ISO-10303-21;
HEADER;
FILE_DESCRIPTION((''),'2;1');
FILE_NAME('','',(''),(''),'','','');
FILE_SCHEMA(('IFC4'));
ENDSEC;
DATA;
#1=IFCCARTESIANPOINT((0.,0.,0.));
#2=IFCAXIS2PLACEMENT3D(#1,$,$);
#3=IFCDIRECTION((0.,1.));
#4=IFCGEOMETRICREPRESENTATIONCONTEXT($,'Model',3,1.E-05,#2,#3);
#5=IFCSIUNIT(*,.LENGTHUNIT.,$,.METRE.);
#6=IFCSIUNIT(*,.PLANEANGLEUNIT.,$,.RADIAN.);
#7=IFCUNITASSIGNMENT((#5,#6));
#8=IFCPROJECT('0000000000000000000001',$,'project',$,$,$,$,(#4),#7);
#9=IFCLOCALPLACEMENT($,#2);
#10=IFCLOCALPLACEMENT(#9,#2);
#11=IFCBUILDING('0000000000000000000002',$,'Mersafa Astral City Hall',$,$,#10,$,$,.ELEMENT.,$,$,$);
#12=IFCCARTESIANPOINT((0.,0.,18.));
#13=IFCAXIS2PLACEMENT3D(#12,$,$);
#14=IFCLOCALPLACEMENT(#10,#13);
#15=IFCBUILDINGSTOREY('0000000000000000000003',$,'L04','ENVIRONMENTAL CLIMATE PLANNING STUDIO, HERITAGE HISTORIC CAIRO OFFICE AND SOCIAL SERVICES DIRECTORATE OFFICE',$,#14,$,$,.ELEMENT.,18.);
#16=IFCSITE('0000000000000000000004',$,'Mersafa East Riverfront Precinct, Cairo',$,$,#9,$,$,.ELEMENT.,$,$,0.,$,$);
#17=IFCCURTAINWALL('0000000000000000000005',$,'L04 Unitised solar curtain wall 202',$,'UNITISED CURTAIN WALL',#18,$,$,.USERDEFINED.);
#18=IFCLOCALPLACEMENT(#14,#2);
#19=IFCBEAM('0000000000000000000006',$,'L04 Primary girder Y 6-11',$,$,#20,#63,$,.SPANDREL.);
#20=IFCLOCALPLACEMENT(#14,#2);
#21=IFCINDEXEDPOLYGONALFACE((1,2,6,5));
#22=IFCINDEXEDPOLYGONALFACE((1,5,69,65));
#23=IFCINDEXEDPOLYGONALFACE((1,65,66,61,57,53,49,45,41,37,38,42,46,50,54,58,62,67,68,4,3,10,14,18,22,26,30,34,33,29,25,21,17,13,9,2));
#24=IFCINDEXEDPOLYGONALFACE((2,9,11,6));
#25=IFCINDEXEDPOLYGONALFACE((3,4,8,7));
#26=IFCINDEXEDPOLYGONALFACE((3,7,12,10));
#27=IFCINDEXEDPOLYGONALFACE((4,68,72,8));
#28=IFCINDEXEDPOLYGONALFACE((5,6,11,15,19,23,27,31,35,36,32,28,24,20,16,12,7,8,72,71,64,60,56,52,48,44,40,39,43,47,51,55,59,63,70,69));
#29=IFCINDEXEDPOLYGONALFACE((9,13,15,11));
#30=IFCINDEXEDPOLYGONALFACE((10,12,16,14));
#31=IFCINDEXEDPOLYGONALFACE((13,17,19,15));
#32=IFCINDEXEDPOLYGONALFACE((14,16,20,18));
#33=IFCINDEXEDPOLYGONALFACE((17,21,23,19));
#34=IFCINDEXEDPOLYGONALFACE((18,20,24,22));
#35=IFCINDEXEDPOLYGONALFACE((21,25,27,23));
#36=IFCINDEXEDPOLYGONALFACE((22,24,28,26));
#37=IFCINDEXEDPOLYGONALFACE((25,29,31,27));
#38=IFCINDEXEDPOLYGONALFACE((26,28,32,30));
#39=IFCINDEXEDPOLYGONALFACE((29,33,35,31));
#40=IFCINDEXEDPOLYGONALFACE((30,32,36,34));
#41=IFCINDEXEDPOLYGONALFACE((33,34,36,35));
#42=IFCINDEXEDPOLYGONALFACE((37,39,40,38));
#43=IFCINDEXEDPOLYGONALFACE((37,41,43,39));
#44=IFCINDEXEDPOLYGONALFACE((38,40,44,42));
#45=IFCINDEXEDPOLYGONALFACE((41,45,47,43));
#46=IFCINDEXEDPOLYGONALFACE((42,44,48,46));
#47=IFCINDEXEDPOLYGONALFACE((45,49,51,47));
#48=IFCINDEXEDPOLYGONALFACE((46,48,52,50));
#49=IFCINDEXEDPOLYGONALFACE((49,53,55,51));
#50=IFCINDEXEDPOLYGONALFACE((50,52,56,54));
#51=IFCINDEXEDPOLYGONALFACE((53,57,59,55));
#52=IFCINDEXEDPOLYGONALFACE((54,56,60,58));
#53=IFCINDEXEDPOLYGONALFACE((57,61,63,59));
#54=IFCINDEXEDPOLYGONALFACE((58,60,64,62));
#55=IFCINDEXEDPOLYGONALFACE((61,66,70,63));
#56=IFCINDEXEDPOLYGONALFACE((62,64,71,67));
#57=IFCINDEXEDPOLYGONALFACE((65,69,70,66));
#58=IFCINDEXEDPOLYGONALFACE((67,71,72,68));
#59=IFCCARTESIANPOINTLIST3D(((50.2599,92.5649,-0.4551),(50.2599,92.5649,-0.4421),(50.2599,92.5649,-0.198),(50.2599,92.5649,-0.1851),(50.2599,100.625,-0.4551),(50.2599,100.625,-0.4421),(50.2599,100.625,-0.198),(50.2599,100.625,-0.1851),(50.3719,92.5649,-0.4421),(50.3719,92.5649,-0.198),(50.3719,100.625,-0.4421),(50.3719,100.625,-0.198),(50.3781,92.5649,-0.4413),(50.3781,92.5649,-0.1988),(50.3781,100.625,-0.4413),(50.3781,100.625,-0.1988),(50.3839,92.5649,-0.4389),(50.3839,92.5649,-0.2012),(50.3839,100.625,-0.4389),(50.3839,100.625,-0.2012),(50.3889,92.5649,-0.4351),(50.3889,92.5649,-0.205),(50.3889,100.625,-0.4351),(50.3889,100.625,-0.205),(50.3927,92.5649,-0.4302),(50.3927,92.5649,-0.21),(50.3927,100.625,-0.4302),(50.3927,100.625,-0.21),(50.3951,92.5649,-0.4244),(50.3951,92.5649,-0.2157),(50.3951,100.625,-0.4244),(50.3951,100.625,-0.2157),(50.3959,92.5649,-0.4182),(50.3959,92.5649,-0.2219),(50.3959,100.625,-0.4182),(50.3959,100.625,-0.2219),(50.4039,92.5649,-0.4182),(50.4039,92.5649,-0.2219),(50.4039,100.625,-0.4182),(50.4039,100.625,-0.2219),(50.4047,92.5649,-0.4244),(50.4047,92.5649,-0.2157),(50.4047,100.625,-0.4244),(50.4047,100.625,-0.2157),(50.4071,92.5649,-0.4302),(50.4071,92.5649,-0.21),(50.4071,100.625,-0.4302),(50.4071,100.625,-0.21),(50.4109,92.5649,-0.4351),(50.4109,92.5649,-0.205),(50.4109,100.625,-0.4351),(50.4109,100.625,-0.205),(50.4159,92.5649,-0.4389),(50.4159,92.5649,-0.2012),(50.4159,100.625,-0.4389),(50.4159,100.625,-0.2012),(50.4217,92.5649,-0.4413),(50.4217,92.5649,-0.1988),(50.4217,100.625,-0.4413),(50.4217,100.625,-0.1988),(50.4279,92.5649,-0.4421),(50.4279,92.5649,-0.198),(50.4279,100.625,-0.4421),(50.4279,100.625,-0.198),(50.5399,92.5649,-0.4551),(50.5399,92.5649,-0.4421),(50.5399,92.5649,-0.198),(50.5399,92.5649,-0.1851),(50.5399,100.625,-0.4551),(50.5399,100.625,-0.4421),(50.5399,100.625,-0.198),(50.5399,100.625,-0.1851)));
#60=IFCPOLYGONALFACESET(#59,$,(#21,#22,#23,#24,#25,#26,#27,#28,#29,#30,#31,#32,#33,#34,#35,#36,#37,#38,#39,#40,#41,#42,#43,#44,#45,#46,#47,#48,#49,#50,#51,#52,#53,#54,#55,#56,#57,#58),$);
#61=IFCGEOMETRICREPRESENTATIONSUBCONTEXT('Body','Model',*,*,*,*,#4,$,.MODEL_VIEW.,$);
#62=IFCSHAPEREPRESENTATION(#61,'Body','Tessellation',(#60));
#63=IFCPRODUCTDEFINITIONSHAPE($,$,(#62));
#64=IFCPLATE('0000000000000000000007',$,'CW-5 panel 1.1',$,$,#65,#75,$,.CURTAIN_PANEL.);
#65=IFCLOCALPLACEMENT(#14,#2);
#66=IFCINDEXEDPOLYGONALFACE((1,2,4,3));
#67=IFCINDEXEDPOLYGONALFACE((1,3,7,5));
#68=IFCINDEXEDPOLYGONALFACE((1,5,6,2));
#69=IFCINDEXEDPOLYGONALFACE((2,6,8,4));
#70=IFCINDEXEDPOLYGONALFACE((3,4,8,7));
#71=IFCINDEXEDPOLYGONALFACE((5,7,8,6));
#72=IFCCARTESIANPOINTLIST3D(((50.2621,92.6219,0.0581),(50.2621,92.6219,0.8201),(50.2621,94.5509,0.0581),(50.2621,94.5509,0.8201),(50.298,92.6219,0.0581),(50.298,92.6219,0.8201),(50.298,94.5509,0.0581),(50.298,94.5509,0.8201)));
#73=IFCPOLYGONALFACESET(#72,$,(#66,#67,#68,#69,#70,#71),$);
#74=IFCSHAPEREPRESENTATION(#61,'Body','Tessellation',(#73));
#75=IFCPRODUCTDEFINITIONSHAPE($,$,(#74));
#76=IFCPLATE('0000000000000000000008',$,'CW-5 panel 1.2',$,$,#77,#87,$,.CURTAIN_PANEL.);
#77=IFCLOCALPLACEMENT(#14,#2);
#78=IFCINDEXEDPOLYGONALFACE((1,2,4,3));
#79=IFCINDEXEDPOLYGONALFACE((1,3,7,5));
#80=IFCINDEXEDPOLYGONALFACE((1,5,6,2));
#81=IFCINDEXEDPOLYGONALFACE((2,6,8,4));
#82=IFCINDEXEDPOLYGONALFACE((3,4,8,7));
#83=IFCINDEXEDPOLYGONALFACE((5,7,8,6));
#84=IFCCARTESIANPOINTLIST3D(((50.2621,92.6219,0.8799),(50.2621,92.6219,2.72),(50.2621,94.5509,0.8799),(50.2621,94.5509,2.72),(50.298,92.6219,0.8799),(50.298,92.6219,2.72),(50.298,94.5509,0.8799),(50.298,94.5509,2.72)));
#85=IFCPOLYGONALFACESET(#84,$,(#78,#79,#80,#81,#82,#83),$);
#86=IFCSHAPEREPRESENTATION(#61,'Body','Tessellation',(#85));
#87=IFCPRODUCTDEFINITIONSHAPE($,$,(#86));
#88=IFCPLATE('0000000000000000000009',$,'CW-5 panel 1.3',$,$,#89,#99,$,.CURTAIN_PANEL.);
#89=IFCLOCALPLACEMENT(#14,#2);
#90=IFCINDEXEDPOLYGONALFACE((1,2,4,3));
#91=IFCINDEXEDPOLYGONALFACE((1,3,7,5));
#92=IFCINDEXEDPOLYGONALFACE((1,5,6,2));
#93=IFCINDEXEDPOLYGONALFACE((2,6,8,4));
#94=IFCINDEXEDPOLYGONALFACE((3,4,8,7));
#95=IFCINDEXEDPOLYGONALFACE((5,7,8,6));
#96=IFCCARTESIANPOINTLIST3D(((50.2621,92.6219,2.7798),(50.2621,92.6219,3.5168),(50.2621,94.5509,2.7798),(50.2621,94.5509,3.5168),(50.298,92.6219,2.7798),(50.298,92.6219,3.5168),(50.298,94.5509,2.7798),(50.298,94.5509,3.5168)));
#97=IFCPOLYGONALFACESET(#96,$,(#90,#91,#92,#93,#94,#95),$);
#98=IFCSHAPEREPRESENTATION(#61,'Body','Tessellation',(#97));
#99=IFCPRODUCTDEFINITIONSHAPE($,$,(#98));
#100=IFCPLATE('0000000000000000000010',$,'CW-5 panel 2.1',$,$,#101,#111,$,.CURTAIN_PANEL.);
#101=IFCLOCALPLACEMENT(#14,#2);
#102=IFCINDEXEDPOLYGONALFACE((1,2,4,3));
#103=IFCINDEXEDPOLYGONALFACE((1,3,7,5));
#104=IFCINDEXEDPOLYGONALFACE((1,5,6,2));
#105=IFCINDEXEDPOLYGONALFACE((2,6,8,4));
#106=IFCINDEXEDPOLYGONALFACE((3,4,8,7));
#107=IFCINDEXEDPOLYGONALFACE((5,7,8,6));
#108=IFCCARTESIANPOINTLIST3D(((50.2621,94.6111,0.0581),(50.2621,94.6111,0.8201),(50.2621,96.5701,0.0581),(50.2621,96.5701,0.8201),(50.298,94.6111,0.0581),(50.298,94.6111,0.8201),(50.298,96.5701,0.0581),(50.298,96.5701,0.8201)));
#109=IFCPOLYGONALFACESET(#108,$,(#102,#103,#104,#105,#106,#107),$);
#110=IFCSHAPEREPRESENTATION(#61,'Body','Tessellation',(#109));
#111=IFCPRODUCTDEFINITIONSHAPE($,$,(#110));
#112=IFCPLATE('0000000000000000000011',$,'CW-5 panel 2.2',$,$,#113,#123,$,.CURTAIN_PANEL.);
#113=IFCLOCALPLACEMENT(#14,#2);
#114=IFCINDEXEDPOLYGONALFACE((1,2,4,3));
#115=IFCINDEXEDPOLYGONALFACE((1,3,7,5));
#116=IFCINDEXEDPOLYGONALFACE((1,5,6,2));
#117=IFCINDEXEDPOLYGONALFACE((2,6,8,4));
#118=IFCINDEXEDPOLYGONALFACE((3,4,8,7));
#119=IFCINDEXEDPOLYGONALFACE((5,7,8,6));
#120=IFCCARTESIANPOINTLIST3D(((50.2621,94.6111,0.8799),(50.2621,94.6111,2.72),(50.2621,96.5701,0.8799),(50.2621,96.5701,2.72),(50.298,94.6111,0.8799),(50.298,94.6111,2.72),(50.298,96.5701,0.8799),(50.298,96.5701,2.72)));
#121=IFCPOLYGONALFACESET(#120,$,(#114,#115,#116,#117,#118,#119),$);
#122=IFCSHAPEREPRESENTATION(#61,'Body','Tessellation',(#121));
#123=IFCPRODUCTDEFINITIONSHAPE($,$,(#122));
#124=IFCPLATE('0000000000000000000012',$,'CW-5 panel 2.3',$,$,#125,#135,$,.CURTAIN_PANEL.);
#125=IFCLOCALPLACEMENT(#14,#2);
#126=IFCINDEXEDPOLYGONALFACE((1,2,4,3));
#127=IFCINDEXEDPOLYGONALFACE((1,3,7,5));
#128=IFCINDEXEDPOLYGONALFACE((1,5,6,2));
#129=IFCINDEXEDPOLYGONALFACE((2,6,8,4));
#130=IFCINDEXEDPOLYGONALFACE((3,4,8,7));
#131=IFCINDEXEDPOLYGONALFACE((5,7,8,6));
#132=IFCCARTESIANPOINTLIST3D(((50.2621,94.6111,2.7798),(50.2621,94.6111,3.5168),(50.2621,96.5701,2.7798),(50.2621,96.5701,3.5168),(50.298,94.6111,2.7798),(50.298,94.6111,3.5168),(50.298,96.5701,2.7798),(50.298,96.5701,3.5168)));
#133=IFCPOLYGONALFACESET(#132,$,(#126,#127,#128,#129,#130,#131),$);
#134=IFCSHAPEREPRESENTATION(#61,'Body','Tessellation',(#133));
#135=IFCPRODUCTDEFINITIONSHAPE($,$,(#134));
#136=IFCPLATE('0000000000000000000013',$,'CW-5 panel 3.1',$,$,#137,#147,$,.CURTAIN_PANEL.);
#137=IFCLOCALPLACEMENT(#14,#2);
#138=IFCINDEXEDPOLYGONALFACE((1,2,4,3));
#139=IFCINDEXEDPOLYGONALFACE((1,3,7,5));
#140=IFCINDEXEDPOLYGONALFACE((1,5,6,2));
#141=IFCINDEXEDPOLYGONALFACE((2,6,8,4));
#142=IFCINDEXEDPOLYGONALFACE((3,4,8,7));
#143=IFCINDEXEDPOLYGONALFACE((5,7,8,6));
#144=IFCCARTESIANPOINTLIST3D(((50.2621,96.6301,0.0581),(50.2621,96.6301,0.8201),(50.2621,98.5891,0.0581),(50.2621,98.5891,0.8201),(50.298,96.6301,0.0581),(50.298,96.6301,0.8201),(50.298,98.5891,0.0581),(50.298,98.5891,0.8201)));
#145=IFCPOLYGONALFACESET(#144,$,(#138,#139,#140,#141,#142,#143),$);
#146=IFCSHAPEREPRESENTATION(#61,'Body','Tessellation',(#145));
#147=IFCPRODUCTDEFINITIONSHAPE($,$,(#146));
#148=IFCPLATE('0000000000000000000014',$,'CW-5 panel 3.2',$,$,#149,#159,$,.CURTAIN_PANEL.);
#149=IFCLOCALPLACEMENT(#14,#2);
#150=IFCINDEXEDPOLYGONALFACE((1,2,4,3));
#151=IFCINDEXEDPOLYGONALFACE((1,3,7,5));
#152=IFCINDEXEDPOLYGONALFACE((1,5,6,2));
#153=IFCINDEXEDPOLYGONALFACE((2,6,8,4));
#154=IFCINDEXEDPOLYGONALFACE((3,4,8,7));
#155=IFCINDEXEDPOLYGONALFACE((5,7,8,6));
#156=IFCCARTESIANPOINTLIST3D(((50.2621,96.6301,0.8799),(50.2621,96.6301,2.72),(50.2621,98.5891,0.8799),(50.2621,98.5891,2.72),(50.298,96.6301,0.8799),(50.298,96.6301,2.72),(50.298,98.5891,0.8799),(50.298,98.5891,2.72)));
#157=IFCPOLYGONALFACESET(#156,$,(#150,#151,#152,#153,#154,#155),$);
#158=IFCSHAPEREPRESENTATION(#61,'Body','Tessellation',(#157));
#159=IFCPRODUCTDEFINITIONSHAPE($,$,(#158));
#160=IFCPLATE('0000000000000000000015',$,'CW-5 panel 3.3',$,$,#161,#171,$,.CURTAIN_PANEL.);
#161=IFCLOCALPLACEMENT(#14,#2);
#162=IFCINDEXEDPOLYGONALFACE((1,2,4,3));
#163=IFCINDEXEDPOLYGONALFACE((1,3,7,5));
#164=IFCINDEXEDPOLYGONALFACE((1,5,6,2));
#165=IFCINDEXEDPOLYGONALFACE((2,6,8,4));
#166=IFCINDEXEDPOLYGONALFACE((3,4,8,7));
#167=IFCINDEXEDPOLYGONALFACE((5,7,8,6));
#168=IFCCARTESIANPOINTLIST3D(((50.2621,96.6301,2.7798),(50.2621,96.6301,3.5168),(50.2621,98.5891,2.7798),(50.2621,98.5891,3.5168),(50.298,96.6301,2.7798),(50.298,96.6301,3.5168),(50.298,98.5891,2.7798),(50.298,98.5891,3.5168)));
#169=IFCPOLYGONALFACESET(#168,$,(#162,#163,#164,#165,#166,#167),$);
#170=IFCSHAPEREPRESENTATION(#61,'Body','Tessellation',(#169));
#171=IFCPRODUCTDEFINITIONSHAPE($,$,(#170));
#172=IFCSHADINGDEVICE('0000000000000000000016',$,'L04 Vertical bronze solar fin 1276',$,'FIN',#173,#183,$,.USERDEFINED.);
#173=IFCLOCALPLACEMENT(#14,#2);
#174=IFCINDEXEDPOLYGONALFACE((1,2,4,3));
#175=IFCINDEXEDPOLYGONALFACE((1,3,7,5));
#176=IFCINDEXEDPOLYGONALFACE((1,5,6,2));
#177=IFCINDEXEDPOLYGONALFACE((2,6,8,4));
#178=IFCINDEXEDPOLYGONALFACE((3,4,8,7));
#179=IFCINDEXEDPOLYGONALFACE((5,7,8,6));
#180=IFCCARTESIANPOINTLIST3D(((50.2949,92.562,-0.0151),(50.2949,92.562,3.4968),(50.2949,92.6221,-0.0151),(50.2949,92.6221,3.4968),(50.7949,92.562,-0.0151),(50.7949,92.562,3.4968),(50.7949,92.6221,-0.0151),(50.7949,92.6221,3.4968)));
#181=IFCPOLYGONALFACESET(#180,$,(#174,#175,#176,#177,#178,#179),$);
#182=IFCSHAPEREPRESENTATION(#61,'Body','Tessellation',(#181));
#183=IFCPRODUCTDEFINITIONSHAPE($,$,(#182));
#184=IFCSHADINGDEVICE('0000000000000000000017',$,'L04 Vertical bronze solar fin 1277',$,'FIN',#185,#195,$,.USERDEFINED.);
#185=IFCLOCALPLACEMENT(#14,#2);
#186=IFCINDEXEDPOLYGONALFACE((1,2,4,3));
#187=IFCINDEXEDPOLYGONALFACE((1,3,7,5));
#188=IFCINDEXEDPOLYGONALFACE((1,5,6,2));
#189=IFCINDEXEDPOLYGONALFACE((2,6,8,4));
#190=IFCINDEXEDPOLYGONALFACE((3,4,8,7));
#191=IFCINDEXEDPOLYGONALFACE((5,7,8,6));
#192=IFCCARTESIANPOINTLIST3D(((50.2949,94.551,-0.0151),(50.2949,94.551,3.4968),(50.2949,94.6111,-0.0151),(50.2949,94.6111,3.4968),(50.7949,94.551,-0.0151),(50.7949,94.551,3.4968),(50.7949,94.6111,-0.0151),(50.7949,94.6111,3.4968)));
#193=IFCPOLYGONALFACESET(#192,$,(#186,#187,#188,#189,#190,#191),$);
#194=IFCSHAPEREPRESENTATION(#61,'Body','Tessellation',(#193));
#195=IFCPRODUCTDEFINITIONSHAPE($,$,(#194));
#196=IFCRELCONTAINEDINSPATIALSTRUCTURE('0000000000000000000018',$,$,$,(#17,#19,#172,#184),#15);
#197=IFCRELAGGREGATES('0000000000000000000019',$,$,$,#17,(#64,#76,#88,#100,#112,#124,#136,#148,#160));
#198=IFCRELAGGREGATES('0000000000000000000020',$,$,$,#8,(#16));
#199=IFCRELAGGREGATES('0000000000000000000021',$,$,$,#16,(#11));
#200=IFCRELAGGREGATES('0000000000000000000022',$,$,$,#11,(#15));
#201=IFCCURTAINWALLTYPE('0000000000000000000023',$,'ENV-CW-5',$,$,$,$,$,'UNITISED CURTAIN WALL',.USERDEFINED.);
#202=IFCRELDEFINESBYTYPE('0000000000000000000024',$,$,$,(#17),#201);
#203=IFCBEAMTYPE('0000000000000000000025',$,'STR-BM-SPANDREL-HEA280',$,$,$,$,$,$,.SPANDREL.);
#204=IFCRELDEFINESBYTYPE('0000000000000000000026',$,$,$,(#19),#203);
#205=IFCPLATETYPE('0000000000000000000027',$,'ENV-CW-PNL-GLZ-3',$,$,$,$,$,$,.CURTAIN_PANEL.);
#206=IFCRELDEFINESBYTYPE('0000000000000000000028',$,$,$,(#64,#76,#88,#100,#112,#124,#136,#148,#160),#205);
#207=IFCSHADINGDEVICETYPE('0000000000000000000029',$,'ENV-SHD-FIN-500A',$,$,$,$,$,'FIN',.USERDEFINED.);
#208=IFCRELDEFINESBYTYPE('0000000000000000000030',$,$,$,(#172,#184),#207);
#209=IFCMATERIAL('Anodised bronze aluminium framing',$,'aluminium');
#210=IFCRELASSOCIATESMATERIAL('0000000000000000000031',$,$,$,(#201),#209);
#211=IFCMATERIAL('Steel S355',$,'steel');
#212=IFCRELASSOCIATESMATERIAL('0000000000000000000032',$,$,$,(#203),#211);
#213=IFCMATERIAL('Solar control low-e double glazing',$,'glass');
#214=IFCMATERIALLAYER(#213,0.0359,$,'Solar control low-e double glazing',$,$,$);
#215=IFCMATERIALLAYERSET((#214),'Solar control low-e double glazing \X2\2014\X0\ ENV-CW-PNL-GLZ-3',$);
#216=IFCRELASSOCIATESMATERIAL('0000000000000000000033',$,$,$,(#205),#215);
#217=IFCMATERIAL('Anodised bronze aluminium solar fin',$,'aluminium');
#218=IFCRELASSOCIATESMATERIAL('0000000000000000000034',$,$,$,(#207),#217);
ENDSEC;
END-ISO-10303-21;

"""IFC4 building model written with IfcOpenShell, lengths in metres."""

from ifc_helpers import new_model, si_unit, direction, frame, origin, origin_2d, place, context, subcontext, project, spatial, rectangle, i_section, extrude, material, layer, layer_set, material_profile, profile_set, type_object, element, aggregate, save


model = new_model("IFC4")

# Units and contexts
model_context = context("Model", 3, precision=1e-05, world=origin(), true_north=direction((0.0, 1.0)))
body_context = subcontext(model_context, "Body", "Model", "MODEL_VIEW")
ifc_project = project(units=[si_unit("LENGTHUNIT", "METRE"), si_unit("PLANEANGLEUNIT", "RADIAN")], contexts=[model_context])

# Site, building, storey
site_placement = place(None, origin())
site = spatial("IfcSite", under=ifc_project, at=site_placement, Name="Mersafa East Riverfront Precinct, Cairo", CompositionType="ELEMENT", RefElevation=0.0)
building_placement = place(site_placement, origin())
building = spatial("IfcBuilding", under=site, at=building_placement, Name="Mersafa Astral City Hall", CompositionType="ELEMENT")
storey_placement = place(building_placement, frame((0.0, 0.0, 18.0)))
storey = spatial("IfcBuildingStorey", under=building, at=storey_placement, Name="L04", Description="ENVIRONMENTAL CLIMATE PLANNING STUDIO, HERITAGE HISTORIC CAIRO OFFICE AND SOCIAL SERVICES DIRECTORATE OFFICE", CompositionType="ELEMENT", Elevation=18.0)

# Shared definitions
ifc_material_1 = material(Name="Steel S355", Category="steel")

# Curtain wall
ifc_material_2 = material(Name="Anodised bronze aluminium framing", Category="aluminium")
curtain_wall_type = type_object("IfcCurtainWallType", Name="ENV-CW-5", ElementType="UNITISED CURTAIN WALL", PredefinedType="USERDEFINED", material=ifc_material_2)
curtain_wall_placement = place(storey_placement, origin())
curtain_wall = element("IfcCurtainWall", 1, at=curtain_wall_placement, inside=storey, type_object=curtain_wall_type, Name="L04 Unitised solar curtain wall 202", ObjectType="UNITISED CURTAIN WALL", PredefinedType="USERDEFINED")

# Beam
ifc_material_profile_1 = material_profile(ifc_material_1, i_section(OverallWidth=0.28, OverallDepth=0.27, WebThickness=0.0081, FlangeThickness=0.0129, FilletRadius=0.0239, at=origin_2d()), Name="HEA 280")
ifc_profile_set_1 = profile_set([ifc_material_profile_1], Name="Steel S355")
beam_type = type_object("IfcBeamType", Name="STR-BM-SPANDREL-HEA280", PredefinedType="SPANDREL", material=ifc_profile_set_1)
beam_placement = place(storey_placement, frame((50.3999, 92.5649, -0.3201), z_axis=(0.0, 1.0, 0.0), x_axis=(-1.0, 0.0, 0.0)))
element("IfcBeam", 2, at=beam_placement, inside=storey, type_object=beam_type, Name="L04 Primary girder Y 6-11", PredefinedType="SPANDREL", context=body_context, shape_type="SweptSolid", body=[
    extrude(i_section(OverallWidth=0.28, OverallDepth=0.27, WebThickness=0.0081, FlangeThickness=0.0129, FilletRadius=0.0239, at=origin_2d()), origin(), (0.0, 0.0, 1.0), 8.0601),
])

# Plates
ifc_material_3 = material(Name="Solar control low-e double glazing", Category="glass")
ifc_layer = layer(ifc_material_3, 0.0359, Name="Solar control low-e double glazing")
ifc_layer_set = layer_set([ifc_layer], Name="Solar control low-e double glazing — ENV-CW-PNL-GLZ-3")
plate_type = type_object("IfcPlateType", Name="ENV-CW-PNL-GLZ-3", PredefinedType="CURTAIN_PANEL", material=ifc_layer_set)
plate_1_placement = place(storey_placement, frame((50.28, 93.5864, 0.0581), z_axis=(0.0, 0.0, 1.0), x_axis=(0.0, 1.0, 0.0)))
plate_1 = element("IfcPlate", 3, at=plate_1_placement, type_object=plate_type, Name="CW-5 panel 1.1", PredefinedType="CURTAIN_PANEL", context=body_context, shape_type="SweptSolid", body=[
    extrude(rectangle(XDim=1.929, YDim=0.0359, at=origin_2d()), origin(), (0.0, 0.0, 1.0), 0.762),
])
plate_2_placement = place(storey_placement, frame((50.28, 93.5864, 0.8799), z_axis=(0.0, 0.0, 1.0), x_axis=(0.0, 1.0, 0.0)))
plate_2 = element("IfcPlate", 4, at=plate_2_placement, type_object=plate_type, Name="CW-5 panel 1.2", PredefinedType="CURTAIN_PANEL", context=body_context, shape_type="SweptSolid", body=[
    extrude(rectangle(XDim=1.929, YDim=0.0359, at=origin_2d()), origin(), (0.0, 0.0, 1.0), 1.8401),
])
plate_3_placement = place(storey_placement, frame((50.28, 93.5864, 2.7798), z_axis=(0.0, 0.0, 1.0), x_axis=(0.0, 1.0, 0.0)))
plate_3 = element("IfcPlate", 5, at=plate_3_placement, type_object=plate_type, Name="CW-5 panel 1.3", PredefinedType="CURTAIN_PANEL", context=body_context, shape_type="SweptSolid", body=[
    extrude(rectangle(XDim=1.929, YDim=0.0359, at=origin_2d()), origin(), (0.0, 0.0, 1.0), 0.7371),
])
plate_4_placement = place(storey_placement, frame((50.28, 95.5906, 0.0581), z_axis=(0.0, 0.0, 1.0), x_axis=(0.0, 1.0, 0.0)))
plate_4 = element("IfcPlate", 6, at=plate_4_placement, type_object=plate_type, Name="CW-5 panel 2.1", PredefinedType="CURTAIN_PANEL", context=body_context, shape_type="SweptSolid", body=[
    extrude(rectangle(XDim=1.959, YDim=0.0359, at=origin_2d()), origin(), (0.0, 0.0, 1.0), 0.762),
])
plate_5_placement = place(storey_placement, frame((50.28, 95.5906, 0.8799), z_axis=(0.0, 0.0, 1.0), x_axis=(0.0, 1.0, 0.0)))
plate_5 = element("IfcPlate", 7, at=plate_5_placement, type_object=plate_type, Name="CW-5 panel 2.2", PredefinedType="CURTAIN_PANEL", context=body_context, shape_type="SweptSolid", body=[
    extrude(rectangle(XDim=1.959, YDim=0.0359, at=origin_2d()), origin(), (0.0, 0.0, 1.0), 1.8401),
])
plate_6_placement = place(storey_placement, frame((50.28, 95.5906, 2.7798), z_axis=(0.0, 0.0, 1.0), x_axis=(0.0, 1.0, 0.0)))
plate_6 = element("IfcPlate", 8, at=plate_6_placement, type_object=plate_type, Name="CW-5 panel 2.3", PredefinedType="CURTAIN_PANEL", context=body_context, shape_type="SweptSolid", body=[
    extrude(rectangle(XDim=1.959, YDim=0.0359, at=origin_2d()), origin(), (0.0, 0.0, 1.0), 0.7371),
])
plate_7_placement = place(storey_placement, frame((50.28, 97.6096, 0.0581), z_axis=(0.0, 0.0, 1.0), x_axis=(0.0, 1.0, 0.0)))
plate_7 = element("IfcPlate", 9, at=plate_7_placement, type_object=plate_type, Name="CW-5 panel 3.1", PredefinedType="CURTAIN_PANEL", context=body_context, shape_type="SweptSolid", body=[
    extrude(rectangle(XDim=1.959, YDim=0.0359, at=origin_2d()), origin(), (0.0, 0.0, 1.0), 0.762),
])
plate_8_placement = place(storey_placement, frame((50.28, 97.6096, 0.8799), z_axis=(0.0, 0.0, 1.0), x_axis=(0.0, 1.0, 0.0)))
plate_8 = element("IfcPlate", 10, at=plate_8_placement, type_object=plate_type, Name="CW-5 panel 3.2", PredefinedType="CURTAIN_PANEL", context=body_context, shape_type="SweptSolid", body=[
    extrude(rectangle(XDim=1.959, YDim=0.0359, at=origin_2d()), origin(), (0.0, 0.0, 1.0), 1.8401),
])
plate_9_placement = place(storey_placement, frame((50.28, 97.6096, 2.7798), z_axis=(0.0, 0.0, 1.0), x_axis=(0.0, 1.0, 0.0)))
plate_9 = element("IfcPlate", 11, at=plate_9_placement, type_object=plate_type, Name="CW-5 panel 3.3", PredefinedType="CURTAIN_PANEL", context=body_context, shape_type="SweptSolid", body=[
    extrude(rectangle(XDim=1.959, YDim=0.0359, at=origin_2d()), origin(), (0.0, 0.0, 1.0), 0.7371),
])
aggregate(curtain_wall, [plate_1, plate_2, plate_3, plate_4, plate_5, plate_6, plate_7, plate_8, plate_9])

# Shading devices
ifc_material_4 = material(Name="Anodised bronze aluminium solar fin", Category="aluminium")
shading_device_type = type_object("IfcShadingDeviceType", Name="ENV-SHD-FIN-500A", ElementType="FIN", PredefinedType="USERDEFINED", material=ifc_material_4)
for number, where, z_axis, x_axis, name in (
    (12, (50.5449, 92.592, -0.0151), (0.0, 0.0, 1.0), (0.0, 1.0, 0.0), "L04 Vertical bronze solar fin 1276"),
    (13, (50.5449, 94.5811, -0.0151), (0.0, 0.0, 1.0), (0.0, 1.0, 0.0), "L04 Vertical bronze solar fin 1277"),
):
    element("IfcShadingDevice", number, at=place(storey_placement, frame(where, z_axis=z_axis, x_axis=x_axis)), inside=storey, type_object=shading_device_type, Name=name, ObjectType="FIN", PredefinedType="USERDEFINED", context=body_context, shape_type="SweptSolid", body=[
        extrude(rectangle(XDim=0.0601, YDim=0.5, at=origin_2d()), origin(), (0.0, 0.0, 1.0), 3.512),
    ])

save(model, "model.ifc")
